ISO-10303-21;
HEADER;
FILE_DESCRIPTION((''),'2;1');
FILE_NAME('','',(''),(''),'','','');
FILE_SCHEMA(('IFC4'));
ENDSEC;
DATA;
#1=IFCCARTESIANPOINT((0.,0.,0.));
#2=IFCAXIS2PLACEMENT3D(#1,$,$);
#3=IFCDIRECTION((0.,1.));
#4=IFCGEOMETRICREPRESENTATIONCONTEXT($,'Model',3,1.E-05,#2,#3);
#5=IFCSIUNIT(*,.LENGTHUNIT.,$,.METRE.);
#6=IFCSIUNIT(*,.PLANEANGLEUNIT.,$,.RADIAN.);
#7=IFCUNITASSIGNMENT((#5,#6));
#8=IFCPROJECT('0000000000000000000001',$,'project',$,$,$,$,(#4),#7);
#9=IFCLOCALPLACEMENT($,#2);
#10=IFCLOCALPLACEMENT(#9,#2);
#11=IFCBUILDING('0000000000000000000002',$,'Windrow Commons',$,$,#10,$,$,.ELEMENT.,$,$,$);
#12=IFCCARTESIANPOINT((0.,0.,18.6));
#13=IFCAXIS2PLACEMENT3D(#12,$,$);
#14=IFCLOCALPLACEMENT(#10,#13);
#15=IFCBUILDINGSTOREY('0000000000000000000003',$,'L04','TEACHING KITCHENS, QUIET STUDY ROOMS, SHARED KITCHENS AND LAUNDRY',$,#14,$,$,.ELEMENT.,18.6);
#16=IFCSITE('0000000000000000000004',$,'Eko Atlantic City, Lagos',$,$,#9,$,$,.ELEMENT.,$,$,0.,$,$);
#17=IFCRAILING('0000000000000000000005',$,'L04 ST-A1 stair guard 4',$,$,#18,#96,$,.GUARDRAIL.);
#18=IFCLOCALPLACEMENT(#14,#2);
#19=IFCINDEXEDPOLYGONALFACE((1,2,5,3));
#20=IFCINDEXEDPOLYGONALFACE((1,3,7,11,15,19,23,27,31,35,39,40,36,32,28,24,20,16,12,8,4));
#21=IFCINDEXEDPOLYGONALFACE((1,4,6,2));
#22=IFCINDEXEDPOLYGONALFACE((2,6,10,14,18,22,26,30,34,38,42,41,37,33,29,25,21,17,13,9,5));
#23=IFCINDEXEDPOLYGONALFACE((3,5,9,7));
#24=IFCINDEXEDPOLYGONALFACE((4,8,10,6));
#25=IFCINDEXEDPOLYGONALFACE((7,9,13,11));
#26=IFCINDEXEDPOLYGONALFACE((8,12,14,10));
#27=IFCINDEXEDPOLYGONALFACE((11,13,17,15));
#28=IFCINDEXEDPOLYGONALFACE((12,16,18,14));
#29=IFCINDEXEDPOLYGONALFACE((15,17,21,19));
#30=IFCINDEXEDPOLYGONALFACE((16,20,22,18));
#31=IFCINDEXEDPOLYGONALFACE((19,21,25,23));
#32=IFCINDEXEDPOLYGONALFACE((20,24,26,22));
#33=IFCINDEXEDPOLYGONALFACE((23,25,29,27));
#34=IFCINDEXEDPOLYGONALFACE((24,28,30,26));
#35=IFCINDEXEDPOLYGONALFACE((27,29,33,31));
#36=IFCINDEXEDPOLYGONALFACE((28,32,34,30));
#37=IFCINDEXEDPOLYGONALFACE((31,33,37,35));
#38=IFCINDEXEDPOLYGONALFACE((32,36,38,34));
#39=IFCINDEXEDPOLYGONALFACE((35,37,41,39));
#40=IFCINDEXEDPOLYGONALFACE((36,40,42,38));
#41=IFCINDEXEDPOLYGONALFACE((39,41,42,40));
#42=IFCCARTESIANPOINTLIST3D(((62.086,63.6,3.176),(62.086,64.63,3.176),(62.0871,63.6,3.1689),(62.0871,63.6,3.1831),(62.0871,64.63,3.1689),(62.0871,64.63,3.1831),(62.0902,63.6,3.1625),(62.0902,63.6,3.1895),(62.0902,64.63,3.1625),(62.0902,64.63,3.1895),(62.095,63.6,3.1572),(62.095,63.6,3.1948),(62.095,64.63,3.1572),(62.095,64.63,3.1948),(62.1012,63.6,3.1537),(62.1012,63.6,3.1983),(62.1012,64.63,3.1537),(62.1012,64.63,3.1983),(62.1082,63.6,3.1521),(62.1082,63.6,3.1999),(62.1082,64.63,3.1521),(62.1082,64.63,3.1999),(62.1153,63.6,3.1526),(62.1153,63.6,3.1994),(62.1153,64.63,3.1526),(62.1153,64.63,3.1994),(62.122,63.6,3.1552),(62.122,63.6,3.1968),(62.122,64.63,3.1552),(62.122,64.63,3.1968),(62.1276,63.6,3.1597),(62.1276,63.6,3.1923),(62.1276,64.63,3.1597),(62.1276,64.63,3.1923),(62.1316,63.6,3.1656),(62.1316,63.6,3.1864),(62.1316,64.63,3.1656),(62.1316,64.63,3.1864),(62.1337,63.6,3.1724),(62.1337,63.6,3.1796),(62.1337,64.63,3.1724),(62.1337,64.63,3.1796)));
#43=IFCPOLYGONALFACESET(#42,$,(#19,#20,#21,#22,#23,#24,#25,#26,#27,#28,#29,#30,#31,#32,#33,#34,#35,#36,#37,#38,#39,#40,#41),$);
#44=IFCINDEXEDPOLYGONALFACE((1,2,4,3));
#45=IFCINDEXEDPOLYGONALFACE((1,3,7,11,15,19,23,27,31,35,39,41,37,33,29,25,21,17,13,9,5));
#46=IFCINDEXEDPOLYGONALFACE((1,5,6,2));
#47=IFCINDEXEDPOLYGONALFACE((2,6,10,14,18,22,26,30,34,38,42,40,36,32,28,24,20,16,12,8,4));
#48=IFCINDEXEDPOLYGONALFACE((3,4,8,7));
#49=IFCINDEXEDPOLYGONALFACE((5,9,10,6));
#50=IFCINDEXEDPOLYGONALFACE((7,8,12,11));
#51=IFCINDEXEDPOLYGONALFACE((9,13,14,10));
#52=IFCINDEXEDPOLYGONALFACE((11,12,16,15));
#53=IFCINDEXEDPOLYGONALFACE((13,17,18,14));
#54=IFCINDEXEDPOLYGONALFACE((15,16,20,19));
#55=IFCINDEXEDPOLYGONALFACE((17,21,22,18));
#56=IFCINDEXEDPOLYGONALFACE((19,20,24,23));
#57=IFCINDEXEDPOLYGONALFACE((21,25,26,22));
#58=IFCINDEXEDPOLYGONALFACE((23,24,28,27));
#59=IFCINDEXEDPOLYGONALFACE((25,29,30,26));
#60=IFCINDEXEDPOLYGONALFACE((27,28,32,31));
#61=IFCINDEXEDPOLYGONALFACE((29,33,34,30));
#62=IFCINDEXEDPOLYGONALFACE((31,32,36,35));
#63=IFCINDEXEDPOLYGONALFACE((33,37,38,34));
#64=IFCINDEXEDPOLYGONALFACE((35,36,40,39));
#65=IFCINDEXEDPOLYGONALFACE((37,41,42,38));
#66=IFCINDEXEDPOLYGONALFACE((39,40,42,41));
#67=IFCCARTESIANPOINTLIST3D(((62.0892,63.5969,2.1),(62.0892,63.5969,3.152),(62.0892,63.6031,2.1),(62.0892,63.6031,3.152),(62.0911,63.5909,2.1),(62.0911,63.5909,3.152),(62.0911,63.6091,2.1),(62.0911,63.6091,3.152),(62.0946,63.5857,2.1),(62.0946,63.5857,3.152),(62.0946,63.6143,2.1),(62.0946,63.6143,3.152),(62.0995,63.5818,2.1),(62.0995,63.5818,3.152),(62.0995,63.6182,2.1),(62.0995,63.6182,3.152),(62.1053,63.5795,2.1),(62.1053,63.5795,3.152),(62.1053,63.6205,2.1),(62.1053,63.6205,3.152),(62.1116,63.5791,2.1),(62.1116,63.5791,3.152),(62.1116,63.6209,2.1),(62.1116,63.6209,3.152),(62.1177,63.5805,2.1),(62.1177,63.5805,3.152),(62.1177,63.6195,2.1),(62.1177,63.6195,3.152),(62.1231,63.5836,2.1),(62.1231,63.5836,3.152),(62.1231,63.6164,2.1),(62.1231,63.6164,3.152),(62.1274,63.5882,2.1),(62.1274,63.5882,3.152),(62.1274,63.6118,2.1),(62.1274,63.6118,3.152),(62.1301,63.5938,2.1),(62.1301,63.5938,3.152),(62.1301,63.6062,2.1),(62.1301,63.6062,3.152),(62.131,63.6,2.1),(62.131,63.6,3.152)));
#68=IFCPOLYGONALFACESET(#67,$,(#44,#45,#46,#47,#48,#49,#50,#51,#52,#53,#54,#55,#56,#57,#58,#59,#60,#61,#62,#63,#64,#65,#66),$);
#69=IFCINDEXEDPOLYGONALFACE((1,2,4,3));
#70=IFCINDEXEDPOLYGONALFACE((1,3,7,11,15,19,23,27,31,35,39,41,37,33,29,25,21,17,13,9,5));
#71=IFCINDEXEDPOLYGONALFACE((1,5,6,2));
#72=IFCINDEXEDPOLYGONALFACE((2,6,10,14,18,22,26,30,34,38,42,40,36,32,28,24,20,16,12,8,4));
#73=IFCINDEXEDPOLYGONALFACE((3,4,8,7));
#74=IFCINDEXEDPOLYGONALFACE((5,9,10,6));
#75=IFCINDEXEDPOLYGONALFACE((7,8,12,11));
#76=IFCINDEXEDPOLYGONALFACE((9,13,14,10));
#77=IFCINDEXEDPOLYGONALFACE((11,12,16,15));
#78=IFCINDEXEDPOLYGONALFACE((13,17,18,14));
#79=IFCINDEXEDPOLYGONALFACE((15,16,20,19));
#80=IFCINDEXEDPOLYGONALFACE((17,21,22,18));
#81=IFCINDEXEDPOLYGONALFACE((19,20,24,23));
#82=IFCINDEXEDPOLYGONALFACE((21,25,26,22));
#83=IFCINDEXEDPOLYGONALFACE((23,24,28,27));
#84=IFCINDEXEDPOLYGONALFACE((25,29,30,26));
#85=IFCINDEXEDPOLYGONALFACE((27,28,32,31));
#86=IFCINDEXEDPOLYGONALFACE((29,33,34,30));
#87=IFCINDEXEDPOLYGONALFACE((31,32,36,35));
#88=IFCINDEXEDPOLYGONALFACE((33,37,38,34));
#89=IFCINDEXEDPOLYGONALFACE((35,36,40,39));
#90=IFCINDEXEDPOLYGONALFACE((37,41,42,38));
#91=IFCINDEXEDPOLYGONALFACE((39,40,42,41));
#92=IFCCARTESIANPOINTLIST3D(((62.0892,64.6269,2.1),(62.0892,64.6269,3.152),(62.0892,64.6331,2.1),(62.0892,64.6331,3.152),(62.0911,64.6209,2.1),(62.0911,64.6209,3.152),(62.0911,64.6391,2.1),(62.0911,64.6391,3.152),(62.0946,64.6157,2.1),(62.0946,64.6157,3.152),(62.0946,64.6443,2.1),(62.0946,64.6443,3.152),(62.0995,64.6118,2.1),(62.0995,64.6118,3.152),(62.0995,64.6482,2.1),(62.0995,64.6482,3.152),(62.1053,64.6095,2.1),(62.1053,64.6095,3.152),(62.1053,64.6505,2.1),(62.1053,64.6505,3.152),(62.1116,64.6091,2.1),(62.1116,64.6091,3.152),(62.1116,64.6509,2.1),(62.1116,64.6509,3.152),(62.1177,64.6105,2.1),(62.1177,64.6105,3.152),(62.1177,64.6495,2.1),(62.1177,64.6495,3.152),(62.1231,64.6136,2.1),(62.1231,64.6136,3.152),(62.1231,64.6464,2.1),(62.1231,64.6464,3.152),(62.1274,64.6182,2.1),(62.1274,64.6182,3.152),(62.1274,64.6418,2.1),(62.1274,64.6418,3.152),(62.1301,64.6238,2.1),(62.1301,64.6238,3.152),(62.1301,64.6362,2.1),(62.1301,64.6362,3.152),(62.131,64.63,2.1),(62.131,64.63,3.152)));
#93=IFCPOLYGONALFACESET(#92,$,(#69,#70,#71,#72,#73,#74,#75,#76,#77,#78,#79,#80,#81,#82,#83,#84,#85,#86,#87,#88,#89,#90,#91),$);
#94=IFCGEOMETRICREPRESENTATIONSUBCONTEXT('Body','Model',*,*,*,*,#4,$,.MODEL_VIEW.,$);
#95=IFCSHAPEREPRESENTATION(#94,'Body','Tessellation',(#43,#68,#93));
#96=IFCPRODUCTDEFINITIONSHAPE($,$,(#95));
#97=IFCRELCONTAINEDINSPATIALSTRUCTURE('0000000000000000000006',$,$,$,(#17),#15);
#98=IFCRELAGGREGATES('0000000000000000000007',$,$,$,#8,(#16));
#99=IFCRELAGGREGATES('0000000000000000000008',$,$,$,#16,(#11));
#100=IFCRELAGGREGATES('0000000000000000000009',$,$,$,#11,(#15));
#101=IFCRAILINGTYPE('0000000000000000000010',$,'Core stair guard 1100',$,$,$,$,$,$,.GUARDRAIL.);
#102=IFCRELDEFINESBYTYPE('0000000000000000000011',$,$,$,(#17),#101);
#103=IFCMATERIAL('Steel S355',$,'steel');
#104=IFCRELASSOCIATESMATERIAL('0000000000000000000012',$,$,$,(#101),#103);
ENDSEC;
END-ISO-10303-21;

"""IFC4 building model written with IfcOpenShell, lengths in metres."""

from ifc_helpers import new_model, si_unit, direction, frame, origin, origin_2d, place, context, subcontext, project, spatial, circle, extrude, material, type_object, element, save


model = new_model("IFC4")

# Units and contexts
model_context = context("Model", 3, precision=1e-05, world=origin(), true_north=direction((0.0, 1.0)))
body_context = subcontext(model_context, "Body", "Model", "MODEL_VIEW")
ifc_project = project(units=[si_unit("LENGTHUNIT", "METRE"), si_unit("PLANEANGLEUNIT", "RADIAN")], contexts=[model_context])

# Site, building, storey
site_placement = place(None, origin())
site = spatial("IfcSite", under=ifc_project, at=site_placement, Name="Eko Atlantic City, Lagos", CompositionType="ELEMENT", RefElevation=0.0)
building_placement = place(site_placement, origin())
building = spatial("IfcBuilding", under=site, at=building_placement, Name="Windrow Commons", CompositionType="ELEMENT")
storey_placement = place(building_placement, frame((0.0, 0.0, 18.6)))
storey = spatial("IfcBuildingStorey", under=building, at=storey_placement, Name="L04", Description="TEACHING KITCHENS, QUIET STUDY ROOMS, SHARED KITCHENS AND LAUNDRY", CompositionType="ELEMENT", Elevation=18.6)

# Railing
ifc_material_1 = material(Name="Steel S355", Category="steel")
railing_type_1 = type_object("IfcRailingType", Name="Core stair guard 1100", PredefinedType="GUARDRAIL", material=ifc_material_1)
for number, where, name in (
    (1, (62.11, 63.6, 2.1), "L04 ST-A1 stair guard 4"),
):
    element("IfcRailing", number, at=place(storey_placement, frame(where)), inside=storey, type_object=railing_type_1, Name=name, PredefinedType="GUARDRAIL", context=body_context, shape_type="SweptSolid", body=[
        extrude(circle(Radius=0.024, at=origin_2d()), frame((0.0, 0.0, 1.076), z_axis=(0.0, 1.0, 0.0), x_axis=(-1.0, 0.0, 0.0)), (0.0, 0.0, 1.0), 1.03),
        extrude(circle(Radius=0.021, at=origin_2d()), origin(), (0.0, 0.0, 1.0), 1.052),
        extrude(circle(Radius=0.021, at=origin_2d()), frame((0.0, 1.03, 0.0)), (0.0, 0.0, 1.0), 1.052),
    ])

save(model, "model.ifc")
